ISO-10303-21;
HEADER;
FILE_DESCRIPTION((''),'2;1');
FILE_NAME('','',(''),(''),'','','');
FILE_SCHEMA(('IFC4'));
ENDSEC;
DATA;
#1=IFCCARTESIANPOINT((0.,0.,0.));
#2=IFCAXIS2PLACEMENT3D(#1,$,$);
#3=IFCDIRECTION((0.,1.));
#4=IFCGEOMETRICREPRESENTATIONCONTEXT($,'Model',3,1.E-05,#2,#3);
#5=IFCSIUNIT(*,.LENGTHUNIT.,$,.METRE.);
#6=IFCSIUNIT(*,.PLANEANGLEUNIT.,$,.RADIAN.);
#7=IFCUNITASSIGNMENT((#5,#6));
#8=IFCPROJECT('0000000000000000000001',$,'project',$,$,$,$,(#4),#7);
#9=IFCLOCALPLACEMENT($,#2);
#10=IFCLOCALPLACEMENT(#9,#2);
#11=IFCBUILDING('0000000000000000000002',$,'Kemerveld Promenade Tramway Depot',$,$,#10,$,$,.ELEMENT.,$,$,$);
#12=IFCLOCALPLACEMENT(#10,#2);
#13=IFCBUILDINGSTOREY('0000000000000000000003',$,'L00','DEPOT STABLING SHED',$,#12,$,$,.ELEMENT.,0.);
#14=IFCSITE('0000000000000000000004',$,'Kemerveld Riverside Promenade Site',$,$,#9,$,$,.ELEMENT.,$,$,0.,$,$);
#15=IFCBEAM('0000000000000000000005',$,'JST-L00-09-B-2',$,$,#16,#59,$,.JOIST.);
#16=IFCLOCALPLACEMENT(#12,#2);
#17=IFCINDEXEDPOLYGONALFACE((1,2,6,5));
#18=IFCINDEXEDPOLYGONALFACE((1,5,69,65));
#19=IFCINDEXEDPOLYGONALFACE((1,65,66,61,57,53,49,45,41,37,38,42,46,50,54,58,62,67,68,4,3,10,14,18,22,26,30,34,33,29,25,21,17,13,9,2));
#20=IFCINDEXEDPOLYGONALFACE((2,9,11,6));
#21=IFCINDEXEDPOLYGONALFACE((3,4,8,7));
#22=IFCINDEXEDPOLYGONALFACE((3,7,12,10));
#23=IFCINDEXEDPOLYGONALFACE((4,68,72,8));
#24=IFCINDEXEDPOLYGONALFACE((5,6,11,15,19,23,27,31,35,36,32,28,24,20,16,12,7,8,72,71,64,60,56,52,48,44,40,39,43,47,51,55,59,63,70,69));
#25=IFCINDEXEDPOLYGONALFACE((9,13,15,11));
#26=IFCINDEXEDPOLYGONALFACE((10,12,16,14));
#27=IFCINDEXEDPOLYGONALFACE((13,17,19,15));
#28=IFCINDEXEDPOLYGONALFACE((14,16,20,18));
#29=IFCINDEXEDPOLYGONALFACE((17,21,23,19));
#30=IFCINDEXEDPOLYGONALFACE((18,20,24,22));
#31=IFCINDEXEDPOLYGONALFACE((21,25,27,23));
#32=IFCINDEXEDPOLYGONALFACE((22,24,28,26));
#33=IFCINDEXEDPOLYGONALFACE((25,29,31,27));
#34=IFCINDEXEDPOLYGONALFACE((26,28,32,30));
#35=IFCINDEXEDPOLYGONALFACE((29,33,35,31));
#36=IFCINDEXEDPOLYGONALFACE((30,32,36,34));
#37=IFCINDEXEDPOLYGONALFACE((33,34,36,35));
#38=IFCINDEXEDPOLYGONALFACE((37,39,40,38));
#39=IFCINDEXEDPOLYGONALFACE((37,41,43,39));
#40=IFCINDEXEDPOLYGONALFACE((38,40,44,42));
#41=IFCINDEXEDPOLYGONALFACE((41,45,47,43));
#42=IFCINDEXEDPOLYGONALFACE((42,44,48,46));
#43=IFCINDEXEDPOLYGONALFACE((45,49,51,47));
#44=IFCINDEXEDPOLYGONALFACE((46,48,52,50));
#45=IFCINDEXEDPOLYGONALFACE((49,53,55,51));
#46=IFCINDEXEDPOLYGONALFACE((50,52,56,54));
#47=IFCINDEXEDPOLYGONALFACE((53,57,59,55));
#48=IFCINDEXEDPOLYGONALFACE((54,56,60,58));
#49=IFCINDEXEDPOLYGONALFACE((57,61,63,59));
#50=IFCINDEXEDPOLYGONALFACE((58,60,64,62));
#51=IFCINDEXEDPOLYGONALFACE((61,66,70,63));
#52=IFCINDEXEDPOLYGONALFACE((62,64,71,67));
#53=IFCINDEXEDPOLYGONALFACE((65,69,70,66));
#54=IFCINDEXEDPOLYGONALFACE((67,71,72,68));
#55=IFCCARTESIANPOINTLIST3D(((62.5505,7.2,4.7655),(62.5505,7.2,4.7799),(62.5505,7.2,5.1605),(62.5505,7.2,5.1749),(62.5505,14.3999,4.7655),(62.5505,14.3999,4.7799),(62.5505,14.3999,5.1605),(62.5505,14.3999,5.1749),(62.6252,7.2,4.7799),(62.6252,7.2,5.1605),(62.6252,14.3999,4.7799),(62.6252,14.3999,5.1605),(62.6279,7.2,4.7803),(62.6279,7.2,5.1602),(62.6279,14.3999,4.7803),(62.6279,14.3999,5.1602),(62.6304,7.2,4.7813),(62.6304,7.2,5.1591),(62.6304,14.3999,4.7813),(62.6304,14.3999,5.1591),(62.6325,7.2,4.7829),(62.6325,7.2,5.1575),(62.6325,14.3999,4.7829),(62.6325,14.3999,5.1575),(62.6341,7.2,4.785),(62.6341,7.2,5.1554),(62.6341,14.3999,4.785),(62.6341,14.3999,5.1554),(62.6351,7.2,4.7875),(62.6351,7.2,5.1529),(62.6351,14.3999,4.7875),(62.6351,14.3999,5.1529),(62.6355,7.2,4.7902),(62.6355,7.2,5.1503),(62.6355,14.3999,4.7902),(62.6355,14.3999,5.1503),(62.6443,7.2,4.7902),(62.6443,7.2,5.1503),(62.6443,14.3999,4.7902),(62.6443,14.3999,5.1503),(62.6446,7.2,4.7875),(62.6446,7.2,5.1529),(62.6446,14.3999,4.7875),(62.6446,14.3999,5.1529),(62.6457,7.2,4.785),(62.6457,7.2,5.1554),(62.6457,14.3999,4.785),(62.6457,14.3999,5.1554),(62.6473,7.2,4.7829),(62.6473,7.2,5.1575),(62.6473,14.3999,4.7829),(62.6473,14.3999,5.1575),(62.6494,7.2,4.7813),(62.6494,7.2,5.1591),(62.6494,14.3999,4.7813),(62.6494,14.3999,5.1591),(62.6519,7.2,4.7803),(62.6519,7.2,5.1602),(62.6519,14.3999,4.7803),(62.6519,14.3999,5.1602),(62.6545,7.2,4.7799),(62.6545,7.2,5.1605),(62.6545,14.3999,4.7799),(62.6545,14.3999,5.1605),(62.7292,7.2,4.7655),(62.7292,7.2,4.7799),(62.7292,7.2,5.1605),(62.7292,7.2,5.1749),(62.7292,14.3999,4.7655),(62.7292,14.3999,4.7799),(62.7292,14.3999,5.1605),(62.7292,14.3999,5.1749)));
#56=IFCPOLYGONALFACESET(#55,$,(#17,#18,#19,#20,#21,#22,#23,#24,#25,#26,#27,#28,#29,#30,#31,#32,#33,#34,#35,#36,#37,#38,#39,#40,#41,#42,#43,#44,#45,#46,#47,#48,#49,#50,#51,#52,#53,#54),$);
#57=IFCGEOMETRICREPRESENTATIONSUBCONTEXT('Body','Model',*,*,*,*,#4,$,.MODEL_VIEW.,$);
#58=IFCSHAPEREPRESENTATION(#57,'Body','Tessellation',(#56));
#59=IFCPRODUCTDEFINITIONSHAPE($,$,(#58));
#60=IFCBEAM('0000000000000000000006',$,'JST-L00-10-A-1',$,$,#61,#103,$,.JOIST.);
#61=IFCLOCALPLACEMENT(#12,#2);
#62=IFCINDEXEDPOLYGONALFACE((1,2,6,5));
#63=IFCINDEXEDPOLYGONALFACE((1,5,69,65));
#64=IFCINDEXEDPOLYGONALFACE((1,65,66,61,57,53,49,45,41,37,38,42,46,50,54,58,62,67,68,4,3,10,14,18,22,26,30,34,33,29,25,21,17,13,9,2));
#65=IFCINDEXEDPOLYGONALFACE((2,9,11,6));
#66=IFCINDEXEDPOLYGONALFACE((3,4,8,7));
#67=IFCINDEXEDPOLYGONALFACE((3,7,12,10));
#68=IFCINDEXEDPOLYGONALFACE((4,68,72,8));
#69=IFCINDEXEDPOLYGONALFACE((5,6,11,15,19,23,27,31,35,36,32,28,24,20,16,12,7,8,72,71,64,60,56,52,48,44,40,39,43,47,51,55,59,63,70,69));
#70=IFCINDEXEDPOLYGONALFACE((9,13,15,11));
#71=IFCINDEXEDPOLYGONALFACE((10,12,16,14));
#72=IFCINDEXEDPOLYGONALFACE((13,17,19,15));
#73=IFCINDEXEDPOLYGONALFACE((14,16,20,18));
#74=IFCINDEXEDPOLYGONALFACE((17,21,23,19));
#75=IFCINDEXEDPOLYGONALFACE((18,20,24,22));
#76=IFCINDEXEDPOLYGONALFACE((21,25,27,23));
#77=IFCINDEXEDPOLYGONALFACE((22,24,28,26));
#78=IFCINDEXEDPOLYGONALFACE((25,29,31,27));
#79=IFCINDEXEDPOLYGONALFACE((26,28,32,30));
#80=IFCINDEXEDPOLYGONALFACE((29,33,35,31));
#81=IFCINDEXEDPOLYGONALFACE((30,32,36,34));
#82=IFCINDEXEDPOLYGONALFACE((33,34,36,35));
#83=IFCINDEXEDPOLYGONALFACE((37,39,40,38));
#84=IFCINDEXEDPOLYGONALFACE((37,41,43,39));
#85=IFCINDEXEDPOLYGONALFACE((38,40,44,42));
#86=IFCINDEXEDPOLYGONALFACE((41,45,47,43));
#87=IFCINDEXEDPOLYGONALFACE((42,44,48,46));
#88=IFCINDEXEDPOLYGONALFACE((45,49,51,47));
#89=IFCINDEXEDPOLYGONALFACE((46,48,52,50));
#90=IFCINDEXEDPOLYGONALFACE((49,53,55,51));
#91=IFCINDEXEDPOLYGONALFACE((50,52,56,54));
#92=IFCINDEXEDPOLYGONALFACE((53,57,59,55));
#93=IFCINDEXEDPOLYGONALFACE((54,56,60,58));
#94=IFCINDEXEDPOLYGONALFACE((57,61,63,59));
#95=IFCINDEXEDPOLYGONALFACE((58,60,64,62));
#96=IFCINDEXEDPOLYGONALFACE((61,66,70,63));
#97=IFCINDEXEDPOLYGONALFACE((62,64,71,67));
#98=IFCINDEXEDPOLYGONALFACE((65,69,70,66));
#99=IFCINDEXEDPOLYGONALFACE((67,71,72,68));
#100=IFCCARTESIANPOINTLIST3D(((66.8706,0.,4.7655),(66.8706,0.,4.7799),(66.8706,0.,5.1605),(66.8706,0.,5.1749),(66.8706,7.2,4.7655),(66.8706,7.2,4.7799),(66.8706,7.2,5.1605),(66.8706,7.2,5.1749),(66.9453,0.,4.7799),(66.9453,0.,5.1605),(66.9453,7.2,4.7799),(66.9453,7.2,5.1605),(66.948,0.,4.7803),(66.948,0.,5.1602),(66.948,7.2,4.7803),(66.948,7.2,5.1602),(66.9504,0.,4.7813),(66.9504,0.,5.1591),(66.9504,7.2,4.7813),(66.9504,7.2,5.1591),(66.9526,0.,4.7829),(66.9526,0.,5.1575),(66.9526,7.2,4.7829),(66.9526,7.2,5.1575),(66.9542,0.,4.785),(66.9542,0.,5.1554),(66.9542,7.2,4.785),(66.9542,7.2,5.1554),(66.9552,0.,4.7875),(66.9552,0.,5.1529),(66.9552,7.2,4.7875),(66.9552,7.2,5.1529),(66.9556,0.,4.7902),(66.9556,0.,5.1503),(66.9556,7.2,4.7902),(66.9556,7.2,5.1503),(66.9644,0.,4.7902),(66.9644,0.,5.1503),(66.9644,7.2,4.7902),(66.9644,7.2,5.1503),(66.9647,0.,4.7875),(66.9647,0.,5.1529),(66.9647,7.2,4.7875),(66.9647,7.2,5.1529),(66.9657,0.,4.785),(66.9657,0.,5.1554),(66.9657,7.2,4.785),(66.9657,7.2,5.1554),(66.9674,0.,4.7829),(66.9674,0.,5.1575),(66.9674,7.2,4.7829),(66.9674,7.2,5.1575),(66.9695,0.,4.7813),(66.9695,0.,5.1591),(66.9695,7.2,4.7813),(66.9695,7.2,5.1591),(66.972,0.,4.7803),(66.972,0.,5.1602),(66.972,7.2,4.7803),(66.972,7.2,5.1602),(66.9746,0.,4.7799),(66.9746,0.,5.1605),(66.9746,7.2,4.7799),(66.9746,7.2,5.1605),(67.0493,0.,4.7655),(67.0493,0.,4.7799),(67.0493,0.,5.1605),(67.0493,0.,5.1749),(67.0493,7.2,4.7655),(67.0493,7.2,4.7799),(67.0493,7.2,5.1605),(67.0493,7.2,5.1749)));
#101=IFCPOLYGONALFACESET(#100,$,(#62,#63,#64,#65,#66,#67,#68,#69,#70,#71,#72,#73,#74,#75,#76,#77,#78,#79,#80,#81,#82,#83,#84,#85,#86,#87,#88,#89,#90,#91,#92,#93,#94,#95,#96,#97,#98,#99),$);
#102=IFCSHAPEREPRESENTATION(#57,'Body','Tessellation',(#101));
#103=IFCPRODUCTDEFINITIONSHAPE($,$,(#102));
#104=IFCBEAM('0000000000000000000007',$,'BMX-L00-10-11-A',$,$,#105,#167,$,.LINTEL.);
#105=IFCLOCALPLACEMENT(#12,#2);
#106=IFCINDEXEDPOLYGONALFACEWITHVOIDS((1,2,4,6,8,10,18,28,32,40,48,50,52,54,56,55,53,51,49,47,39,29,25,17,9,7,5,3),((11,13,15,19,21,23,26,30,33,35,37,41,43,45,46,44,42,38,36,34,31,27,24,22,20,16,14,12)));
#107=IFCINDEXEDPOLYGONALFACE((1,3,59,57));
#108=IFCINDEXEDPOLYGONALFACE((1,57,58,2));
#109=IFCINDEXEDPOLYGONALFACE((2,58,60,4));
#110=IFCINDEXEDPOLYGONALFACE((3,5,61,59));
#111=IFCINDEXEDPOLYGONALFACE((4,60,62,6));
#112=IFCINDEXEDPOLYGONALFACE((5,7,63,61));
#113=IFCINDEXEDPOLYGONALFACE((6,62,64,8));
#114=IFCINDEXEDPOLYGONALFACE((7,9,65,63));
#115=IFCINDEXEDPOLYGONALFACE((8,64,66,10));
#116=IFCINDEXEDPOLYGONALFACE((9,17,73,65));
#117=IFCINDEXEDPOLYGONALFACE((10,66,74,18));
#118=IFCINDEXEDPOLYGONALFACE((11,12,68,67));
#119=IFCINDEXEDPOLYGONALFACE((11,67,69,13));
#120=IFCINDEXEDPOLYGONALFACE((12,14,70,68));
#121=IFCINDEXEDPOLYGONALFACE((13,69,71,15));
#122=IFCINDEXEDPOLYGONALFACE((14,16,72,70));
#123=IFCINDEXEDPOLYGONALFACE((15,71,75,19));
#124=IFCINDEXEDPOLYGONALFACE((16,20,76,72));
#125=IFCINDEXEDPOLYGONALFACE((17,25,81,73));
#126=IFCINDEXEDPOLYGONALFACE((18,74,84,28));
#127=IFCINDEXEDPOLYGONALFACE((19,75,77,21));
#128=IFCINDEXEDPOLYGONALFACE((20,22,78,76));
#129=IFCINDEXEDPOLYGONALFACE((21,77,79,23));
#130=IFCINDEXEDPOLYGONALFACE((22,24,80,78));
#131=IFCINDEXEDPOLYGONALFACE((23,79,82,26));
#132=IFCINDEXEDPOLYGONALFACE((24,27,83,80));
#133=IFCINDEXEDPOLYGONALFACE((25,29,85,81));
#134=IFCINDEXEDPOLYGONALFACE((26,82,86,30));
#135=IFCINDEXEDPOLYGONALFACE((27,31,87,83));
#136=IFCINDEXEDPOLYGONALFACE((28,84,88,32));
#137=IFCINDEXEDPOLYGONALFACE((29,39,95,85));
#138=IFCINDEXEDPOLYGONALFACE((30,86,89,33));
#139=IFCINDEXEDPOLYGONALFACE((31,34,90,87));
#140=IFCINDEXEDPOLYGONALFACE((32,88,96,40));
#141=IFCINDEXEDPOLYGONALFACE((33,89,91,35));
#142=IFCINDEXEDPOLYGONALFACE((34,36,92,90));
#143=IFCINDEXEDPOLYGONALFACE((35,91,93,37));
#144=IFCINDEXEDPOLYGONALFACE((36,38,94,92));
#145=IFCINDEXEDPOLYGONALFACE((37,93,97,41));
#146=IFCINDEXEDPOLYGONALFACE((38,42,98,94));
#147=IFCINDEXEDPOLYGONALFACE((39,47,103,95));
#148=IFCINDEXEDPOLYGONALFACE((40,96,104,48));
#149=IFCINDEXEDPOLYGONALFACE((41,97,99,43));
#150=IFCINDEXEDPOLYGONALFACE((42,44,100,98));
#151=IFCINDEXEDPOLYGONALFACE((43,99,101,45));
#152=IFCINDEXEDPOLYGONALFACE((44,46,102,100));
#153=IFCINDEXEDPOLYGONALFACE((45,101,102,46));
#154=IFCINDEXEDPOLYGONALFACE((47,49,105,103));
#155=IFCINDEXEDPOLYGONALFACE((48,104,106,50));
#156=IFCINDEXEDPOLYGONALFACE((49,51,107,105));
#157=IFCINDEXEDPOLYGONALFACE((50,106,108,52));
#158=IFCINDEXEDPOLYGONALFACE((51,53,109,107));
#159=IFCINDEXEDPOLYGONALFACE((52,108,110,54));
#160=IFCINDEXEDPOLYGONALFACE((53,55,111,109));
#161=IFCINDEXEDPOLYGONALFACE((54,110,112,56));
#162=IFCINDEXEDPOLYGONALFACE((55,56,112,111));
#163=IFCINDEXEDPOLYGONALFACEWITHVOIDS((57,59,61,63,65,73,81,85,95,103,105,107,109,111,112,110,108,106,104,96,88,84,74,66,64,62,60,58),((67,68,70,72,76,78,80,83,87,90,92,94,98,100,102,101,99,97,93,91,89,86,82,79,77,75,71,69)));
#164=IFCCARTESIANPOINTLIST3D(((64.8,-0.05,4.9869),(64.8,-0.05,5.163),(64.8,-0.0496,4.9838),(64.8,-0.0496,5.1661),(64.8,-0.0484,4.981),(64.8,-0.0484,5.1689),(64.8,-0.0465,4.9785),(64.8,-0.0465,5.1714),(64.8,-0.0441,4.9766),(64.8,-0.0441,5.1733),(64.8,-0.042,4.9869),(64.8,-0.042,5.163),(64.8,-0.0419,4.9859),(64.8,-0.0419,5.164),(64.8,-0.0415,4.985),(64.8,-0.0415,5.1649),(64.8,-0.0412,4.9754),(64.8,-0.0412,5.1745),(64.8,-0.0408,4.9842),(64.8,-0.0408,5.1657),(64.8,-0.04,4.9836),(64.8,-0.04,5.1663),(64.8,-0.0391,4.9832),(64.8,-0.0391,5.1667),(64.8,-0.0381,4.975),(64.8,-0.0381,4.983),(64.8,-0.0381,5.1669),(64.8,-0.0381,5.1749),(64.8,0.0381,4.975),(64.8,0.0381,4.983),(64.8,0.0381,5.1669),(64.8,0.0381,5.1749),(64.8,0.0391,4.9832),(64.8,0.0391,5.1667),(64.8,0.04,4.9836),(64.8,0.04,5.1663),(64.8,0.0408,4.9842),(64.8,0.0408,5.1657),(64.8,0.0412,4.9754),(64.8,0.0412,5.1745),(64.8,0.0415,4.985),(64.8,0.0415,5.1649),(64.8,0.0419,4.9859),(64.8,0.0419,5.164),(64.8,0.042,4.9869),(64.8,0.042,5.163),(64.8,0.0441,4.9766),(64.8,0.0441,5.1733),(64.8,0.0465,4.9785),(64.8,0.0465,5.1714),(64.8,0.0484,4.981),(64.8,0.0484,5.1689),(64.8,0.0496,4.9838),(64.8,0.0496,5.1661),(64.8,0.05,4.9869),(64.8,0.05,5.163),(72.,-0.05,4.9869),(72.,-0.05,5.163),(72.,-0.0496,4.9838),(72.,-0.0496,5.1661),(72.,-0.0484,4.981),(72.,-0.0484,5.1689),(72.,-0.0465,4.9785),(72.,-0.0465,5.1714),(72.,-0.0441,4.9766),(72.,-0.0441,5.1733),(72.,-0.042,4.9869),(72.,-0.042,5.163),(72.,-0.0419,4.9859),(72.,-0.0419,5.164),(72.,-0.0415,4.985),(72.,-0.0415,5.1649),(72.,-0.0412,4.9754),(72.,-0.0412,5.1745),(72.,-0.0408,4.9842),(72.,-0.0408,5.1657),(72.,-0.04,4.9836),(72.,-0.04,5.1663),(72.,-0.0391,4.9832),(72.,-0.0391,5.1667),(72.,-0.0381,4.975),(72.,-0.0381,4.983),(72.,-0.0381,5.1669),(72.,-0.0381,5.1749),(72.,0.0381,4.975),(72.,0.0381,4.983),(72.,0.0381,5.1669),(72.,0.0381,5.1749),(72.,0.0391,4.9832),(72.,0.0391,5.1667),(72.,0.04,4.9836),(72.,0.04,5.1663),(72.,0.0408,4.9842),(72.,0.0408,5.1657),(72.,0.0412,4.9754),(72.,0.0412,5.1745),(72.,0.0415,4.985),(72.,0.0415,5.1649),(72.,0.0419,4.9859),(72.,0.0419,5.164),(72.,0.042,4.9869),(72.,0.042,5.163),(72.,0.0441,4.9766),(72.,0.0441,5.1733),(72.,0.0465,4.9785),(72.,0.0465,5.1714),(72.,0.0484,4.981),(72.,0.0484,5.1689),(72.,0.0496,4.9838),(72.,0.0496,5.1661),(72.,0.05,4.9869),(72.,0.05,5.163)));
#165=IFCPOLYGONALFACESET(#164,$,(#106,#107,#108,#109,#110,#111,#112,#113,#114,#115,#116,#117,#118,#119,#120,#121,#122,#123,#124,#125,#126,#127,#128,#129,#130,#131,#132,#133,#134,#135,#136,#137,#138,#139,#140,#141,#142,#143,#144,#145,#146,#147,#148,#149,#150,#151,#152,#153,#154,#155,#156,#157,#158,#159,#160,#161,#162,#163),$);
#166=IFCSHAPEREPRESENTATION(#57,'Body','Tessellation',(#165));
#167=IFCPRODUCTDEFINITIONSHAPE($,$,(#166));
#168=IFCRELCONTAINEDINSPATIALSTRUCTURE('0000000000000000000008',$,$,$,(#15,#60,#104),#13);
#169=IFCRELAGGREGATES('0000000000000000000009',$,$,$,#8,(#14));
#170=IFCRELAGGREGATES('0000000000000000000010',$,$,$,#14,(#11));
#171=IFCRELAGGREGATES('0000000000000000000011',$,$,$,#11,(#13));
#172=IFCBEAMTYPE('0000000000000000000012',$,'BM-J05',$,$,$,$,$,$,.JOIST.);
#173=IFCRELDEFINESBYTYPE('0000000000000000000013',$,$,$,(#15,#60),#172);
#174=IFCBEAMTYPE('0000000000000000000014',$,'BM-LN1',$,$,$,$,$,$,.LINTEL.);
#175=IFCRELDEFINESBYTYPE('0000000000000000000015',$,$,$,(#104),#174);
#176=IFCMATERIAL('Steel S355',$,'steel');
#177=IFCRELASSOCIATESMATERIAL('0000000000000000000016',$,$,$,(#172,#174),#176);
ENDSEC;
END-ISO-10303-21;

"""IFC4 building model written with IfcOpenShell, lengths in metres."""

from ifc_helpers import new_model, si_unit, direction, frame, origin, origin_2d, place, context, subcontext, project, spatial, hollow_rectangle, i_section, extrude, material, material_profile, profile_set, type_object, element, save


model = new_model("IFC4")

# Units and contexts
model_context = context("Model", 3, precision=1e-05, world=origin(), true_north=direction((0.0, 1.0)))
body_context = subcontext(model_context, "Body", "Model", "MODEL_VIEW")
ifc_project = project(units=[si_unit("LENGTHUNIT", "METRE"), si_unit("PLANEANGLEUNIT", "RADIAN")], contexts=[model_context])

# Site, building, storey
site_placement = place(None, origin())
site = spatial("IfcSite", under=ifc_project, at=site_placement, Name="Kemerveld Riverside Promenade Site", CompositionType="ELEMENT", RefElevation=0.0)
building_placement = place(site_placement, origin())
building = spatial("IfcBuilding", under=site, at=building_placement, Name="Kemerveld Promenade Tramway Depot", CompositionType="ELEMENT")
storey_placement = place(building_placement, origin())
storey = spatial("IfcBuildingStorey", under=building, at=storey_placement, Name="L00", Description="DEPOT STABLING SHED", CompositionType="ELEMENT", Elevation=0.0)

# Shared definitions
ifc_material_1 = material(Name="Steel S355", Category="steel")

# Beams
ifc_material_profile_1 = material_profile(ifc_material_1, i_section(OverallWidth=0.1787, OverallDepth=0.4094, WebThickness=0.0088, FlangeThickness=0.0144, FilletRadius=0.0103, at=origin_2d()), Name="406x178x67 UB")
ifc_profile_set_1 = profile_set([ifc_material_profile_1], Name="Steel S355")
beam_type_1 = type_object("IfcBeamType", Name="BM-J05", PredefinedType="JOIST", material=ifc_profile_set_1)
for number, where, z_axis, x_axis, name in (
    (1, (62.6399, 7.2, 4.9702), (0.0, 1.0, 0.0), (-1.0, 0.0, 0.0), "JST-L00-09-B-2"),
    (2, (66.96, 0.0, 4.9702), (0.0, 1.0, 0.0), (-1.0, 0.0, 0.0), "JST-L00-10-A-1"),
):
    element("IfcBeam", number, at=place(storey_placement, frame(where, z_axis=z_axis, x_axis=x_axis)), inside=storey, type_object=beam_type_1, Name=name, PredefinedType="JOIST", context=body_context, shape_type="SweptSolid", body=[
        extrude(i_section(OverallWidth=0.1787, OverallDepth=0.4094, WebThickness=0.0088, FlangeThickness=0.0144, FilletRadius=0.0103, at=origin_2d()), origin(), (0.0, 0.0, 1.0), 7.2),
    ])
ifc_material_profile_2 = material_profile(ifc_material_1, hollow_rectangle(XDim=0.1001, YDim=0.2, WallThickness=0.0081, InnerFilletRadius=0.0039, OuterFilletRadius=0.012, at=origin_2d()), Name="200x100x8.0 RHS")
ifc_profile_set_2 = profile_set([ifc_material_profile_2], Name="Steel S355")
beam_type_2 = type_object("IfcBeamType", Name="BM-LN1", PredefinedType="LINTEL", material=ifc_profile_set_2)
beam_1_placement = place(storey_placement, frame((64.8, 0.0, 5.075), z_axis=(1.0, 0.0, 0.0), x_axis=(0.0, 1.0, 0.0)))
element("IfcBeam", 3, at=beam_1_placement, inside=storey, type_object=beam_type_2, Name="BMX-L00-10-11-A", PredefinedType="LINTEL", context=body_context, shape_type="SweptSolid", body=[
    extrude(hollow_rectangle(XDim=0.1001, YDim=0.2, WallThickness=0.0081, InnerFilletRadius=0.0039, OuterFilletRadius=0.012, at=origin_2d()), origin(), (0.0, 0.0, 1.0), 7.2),
])

save(model, "model.ifc")
